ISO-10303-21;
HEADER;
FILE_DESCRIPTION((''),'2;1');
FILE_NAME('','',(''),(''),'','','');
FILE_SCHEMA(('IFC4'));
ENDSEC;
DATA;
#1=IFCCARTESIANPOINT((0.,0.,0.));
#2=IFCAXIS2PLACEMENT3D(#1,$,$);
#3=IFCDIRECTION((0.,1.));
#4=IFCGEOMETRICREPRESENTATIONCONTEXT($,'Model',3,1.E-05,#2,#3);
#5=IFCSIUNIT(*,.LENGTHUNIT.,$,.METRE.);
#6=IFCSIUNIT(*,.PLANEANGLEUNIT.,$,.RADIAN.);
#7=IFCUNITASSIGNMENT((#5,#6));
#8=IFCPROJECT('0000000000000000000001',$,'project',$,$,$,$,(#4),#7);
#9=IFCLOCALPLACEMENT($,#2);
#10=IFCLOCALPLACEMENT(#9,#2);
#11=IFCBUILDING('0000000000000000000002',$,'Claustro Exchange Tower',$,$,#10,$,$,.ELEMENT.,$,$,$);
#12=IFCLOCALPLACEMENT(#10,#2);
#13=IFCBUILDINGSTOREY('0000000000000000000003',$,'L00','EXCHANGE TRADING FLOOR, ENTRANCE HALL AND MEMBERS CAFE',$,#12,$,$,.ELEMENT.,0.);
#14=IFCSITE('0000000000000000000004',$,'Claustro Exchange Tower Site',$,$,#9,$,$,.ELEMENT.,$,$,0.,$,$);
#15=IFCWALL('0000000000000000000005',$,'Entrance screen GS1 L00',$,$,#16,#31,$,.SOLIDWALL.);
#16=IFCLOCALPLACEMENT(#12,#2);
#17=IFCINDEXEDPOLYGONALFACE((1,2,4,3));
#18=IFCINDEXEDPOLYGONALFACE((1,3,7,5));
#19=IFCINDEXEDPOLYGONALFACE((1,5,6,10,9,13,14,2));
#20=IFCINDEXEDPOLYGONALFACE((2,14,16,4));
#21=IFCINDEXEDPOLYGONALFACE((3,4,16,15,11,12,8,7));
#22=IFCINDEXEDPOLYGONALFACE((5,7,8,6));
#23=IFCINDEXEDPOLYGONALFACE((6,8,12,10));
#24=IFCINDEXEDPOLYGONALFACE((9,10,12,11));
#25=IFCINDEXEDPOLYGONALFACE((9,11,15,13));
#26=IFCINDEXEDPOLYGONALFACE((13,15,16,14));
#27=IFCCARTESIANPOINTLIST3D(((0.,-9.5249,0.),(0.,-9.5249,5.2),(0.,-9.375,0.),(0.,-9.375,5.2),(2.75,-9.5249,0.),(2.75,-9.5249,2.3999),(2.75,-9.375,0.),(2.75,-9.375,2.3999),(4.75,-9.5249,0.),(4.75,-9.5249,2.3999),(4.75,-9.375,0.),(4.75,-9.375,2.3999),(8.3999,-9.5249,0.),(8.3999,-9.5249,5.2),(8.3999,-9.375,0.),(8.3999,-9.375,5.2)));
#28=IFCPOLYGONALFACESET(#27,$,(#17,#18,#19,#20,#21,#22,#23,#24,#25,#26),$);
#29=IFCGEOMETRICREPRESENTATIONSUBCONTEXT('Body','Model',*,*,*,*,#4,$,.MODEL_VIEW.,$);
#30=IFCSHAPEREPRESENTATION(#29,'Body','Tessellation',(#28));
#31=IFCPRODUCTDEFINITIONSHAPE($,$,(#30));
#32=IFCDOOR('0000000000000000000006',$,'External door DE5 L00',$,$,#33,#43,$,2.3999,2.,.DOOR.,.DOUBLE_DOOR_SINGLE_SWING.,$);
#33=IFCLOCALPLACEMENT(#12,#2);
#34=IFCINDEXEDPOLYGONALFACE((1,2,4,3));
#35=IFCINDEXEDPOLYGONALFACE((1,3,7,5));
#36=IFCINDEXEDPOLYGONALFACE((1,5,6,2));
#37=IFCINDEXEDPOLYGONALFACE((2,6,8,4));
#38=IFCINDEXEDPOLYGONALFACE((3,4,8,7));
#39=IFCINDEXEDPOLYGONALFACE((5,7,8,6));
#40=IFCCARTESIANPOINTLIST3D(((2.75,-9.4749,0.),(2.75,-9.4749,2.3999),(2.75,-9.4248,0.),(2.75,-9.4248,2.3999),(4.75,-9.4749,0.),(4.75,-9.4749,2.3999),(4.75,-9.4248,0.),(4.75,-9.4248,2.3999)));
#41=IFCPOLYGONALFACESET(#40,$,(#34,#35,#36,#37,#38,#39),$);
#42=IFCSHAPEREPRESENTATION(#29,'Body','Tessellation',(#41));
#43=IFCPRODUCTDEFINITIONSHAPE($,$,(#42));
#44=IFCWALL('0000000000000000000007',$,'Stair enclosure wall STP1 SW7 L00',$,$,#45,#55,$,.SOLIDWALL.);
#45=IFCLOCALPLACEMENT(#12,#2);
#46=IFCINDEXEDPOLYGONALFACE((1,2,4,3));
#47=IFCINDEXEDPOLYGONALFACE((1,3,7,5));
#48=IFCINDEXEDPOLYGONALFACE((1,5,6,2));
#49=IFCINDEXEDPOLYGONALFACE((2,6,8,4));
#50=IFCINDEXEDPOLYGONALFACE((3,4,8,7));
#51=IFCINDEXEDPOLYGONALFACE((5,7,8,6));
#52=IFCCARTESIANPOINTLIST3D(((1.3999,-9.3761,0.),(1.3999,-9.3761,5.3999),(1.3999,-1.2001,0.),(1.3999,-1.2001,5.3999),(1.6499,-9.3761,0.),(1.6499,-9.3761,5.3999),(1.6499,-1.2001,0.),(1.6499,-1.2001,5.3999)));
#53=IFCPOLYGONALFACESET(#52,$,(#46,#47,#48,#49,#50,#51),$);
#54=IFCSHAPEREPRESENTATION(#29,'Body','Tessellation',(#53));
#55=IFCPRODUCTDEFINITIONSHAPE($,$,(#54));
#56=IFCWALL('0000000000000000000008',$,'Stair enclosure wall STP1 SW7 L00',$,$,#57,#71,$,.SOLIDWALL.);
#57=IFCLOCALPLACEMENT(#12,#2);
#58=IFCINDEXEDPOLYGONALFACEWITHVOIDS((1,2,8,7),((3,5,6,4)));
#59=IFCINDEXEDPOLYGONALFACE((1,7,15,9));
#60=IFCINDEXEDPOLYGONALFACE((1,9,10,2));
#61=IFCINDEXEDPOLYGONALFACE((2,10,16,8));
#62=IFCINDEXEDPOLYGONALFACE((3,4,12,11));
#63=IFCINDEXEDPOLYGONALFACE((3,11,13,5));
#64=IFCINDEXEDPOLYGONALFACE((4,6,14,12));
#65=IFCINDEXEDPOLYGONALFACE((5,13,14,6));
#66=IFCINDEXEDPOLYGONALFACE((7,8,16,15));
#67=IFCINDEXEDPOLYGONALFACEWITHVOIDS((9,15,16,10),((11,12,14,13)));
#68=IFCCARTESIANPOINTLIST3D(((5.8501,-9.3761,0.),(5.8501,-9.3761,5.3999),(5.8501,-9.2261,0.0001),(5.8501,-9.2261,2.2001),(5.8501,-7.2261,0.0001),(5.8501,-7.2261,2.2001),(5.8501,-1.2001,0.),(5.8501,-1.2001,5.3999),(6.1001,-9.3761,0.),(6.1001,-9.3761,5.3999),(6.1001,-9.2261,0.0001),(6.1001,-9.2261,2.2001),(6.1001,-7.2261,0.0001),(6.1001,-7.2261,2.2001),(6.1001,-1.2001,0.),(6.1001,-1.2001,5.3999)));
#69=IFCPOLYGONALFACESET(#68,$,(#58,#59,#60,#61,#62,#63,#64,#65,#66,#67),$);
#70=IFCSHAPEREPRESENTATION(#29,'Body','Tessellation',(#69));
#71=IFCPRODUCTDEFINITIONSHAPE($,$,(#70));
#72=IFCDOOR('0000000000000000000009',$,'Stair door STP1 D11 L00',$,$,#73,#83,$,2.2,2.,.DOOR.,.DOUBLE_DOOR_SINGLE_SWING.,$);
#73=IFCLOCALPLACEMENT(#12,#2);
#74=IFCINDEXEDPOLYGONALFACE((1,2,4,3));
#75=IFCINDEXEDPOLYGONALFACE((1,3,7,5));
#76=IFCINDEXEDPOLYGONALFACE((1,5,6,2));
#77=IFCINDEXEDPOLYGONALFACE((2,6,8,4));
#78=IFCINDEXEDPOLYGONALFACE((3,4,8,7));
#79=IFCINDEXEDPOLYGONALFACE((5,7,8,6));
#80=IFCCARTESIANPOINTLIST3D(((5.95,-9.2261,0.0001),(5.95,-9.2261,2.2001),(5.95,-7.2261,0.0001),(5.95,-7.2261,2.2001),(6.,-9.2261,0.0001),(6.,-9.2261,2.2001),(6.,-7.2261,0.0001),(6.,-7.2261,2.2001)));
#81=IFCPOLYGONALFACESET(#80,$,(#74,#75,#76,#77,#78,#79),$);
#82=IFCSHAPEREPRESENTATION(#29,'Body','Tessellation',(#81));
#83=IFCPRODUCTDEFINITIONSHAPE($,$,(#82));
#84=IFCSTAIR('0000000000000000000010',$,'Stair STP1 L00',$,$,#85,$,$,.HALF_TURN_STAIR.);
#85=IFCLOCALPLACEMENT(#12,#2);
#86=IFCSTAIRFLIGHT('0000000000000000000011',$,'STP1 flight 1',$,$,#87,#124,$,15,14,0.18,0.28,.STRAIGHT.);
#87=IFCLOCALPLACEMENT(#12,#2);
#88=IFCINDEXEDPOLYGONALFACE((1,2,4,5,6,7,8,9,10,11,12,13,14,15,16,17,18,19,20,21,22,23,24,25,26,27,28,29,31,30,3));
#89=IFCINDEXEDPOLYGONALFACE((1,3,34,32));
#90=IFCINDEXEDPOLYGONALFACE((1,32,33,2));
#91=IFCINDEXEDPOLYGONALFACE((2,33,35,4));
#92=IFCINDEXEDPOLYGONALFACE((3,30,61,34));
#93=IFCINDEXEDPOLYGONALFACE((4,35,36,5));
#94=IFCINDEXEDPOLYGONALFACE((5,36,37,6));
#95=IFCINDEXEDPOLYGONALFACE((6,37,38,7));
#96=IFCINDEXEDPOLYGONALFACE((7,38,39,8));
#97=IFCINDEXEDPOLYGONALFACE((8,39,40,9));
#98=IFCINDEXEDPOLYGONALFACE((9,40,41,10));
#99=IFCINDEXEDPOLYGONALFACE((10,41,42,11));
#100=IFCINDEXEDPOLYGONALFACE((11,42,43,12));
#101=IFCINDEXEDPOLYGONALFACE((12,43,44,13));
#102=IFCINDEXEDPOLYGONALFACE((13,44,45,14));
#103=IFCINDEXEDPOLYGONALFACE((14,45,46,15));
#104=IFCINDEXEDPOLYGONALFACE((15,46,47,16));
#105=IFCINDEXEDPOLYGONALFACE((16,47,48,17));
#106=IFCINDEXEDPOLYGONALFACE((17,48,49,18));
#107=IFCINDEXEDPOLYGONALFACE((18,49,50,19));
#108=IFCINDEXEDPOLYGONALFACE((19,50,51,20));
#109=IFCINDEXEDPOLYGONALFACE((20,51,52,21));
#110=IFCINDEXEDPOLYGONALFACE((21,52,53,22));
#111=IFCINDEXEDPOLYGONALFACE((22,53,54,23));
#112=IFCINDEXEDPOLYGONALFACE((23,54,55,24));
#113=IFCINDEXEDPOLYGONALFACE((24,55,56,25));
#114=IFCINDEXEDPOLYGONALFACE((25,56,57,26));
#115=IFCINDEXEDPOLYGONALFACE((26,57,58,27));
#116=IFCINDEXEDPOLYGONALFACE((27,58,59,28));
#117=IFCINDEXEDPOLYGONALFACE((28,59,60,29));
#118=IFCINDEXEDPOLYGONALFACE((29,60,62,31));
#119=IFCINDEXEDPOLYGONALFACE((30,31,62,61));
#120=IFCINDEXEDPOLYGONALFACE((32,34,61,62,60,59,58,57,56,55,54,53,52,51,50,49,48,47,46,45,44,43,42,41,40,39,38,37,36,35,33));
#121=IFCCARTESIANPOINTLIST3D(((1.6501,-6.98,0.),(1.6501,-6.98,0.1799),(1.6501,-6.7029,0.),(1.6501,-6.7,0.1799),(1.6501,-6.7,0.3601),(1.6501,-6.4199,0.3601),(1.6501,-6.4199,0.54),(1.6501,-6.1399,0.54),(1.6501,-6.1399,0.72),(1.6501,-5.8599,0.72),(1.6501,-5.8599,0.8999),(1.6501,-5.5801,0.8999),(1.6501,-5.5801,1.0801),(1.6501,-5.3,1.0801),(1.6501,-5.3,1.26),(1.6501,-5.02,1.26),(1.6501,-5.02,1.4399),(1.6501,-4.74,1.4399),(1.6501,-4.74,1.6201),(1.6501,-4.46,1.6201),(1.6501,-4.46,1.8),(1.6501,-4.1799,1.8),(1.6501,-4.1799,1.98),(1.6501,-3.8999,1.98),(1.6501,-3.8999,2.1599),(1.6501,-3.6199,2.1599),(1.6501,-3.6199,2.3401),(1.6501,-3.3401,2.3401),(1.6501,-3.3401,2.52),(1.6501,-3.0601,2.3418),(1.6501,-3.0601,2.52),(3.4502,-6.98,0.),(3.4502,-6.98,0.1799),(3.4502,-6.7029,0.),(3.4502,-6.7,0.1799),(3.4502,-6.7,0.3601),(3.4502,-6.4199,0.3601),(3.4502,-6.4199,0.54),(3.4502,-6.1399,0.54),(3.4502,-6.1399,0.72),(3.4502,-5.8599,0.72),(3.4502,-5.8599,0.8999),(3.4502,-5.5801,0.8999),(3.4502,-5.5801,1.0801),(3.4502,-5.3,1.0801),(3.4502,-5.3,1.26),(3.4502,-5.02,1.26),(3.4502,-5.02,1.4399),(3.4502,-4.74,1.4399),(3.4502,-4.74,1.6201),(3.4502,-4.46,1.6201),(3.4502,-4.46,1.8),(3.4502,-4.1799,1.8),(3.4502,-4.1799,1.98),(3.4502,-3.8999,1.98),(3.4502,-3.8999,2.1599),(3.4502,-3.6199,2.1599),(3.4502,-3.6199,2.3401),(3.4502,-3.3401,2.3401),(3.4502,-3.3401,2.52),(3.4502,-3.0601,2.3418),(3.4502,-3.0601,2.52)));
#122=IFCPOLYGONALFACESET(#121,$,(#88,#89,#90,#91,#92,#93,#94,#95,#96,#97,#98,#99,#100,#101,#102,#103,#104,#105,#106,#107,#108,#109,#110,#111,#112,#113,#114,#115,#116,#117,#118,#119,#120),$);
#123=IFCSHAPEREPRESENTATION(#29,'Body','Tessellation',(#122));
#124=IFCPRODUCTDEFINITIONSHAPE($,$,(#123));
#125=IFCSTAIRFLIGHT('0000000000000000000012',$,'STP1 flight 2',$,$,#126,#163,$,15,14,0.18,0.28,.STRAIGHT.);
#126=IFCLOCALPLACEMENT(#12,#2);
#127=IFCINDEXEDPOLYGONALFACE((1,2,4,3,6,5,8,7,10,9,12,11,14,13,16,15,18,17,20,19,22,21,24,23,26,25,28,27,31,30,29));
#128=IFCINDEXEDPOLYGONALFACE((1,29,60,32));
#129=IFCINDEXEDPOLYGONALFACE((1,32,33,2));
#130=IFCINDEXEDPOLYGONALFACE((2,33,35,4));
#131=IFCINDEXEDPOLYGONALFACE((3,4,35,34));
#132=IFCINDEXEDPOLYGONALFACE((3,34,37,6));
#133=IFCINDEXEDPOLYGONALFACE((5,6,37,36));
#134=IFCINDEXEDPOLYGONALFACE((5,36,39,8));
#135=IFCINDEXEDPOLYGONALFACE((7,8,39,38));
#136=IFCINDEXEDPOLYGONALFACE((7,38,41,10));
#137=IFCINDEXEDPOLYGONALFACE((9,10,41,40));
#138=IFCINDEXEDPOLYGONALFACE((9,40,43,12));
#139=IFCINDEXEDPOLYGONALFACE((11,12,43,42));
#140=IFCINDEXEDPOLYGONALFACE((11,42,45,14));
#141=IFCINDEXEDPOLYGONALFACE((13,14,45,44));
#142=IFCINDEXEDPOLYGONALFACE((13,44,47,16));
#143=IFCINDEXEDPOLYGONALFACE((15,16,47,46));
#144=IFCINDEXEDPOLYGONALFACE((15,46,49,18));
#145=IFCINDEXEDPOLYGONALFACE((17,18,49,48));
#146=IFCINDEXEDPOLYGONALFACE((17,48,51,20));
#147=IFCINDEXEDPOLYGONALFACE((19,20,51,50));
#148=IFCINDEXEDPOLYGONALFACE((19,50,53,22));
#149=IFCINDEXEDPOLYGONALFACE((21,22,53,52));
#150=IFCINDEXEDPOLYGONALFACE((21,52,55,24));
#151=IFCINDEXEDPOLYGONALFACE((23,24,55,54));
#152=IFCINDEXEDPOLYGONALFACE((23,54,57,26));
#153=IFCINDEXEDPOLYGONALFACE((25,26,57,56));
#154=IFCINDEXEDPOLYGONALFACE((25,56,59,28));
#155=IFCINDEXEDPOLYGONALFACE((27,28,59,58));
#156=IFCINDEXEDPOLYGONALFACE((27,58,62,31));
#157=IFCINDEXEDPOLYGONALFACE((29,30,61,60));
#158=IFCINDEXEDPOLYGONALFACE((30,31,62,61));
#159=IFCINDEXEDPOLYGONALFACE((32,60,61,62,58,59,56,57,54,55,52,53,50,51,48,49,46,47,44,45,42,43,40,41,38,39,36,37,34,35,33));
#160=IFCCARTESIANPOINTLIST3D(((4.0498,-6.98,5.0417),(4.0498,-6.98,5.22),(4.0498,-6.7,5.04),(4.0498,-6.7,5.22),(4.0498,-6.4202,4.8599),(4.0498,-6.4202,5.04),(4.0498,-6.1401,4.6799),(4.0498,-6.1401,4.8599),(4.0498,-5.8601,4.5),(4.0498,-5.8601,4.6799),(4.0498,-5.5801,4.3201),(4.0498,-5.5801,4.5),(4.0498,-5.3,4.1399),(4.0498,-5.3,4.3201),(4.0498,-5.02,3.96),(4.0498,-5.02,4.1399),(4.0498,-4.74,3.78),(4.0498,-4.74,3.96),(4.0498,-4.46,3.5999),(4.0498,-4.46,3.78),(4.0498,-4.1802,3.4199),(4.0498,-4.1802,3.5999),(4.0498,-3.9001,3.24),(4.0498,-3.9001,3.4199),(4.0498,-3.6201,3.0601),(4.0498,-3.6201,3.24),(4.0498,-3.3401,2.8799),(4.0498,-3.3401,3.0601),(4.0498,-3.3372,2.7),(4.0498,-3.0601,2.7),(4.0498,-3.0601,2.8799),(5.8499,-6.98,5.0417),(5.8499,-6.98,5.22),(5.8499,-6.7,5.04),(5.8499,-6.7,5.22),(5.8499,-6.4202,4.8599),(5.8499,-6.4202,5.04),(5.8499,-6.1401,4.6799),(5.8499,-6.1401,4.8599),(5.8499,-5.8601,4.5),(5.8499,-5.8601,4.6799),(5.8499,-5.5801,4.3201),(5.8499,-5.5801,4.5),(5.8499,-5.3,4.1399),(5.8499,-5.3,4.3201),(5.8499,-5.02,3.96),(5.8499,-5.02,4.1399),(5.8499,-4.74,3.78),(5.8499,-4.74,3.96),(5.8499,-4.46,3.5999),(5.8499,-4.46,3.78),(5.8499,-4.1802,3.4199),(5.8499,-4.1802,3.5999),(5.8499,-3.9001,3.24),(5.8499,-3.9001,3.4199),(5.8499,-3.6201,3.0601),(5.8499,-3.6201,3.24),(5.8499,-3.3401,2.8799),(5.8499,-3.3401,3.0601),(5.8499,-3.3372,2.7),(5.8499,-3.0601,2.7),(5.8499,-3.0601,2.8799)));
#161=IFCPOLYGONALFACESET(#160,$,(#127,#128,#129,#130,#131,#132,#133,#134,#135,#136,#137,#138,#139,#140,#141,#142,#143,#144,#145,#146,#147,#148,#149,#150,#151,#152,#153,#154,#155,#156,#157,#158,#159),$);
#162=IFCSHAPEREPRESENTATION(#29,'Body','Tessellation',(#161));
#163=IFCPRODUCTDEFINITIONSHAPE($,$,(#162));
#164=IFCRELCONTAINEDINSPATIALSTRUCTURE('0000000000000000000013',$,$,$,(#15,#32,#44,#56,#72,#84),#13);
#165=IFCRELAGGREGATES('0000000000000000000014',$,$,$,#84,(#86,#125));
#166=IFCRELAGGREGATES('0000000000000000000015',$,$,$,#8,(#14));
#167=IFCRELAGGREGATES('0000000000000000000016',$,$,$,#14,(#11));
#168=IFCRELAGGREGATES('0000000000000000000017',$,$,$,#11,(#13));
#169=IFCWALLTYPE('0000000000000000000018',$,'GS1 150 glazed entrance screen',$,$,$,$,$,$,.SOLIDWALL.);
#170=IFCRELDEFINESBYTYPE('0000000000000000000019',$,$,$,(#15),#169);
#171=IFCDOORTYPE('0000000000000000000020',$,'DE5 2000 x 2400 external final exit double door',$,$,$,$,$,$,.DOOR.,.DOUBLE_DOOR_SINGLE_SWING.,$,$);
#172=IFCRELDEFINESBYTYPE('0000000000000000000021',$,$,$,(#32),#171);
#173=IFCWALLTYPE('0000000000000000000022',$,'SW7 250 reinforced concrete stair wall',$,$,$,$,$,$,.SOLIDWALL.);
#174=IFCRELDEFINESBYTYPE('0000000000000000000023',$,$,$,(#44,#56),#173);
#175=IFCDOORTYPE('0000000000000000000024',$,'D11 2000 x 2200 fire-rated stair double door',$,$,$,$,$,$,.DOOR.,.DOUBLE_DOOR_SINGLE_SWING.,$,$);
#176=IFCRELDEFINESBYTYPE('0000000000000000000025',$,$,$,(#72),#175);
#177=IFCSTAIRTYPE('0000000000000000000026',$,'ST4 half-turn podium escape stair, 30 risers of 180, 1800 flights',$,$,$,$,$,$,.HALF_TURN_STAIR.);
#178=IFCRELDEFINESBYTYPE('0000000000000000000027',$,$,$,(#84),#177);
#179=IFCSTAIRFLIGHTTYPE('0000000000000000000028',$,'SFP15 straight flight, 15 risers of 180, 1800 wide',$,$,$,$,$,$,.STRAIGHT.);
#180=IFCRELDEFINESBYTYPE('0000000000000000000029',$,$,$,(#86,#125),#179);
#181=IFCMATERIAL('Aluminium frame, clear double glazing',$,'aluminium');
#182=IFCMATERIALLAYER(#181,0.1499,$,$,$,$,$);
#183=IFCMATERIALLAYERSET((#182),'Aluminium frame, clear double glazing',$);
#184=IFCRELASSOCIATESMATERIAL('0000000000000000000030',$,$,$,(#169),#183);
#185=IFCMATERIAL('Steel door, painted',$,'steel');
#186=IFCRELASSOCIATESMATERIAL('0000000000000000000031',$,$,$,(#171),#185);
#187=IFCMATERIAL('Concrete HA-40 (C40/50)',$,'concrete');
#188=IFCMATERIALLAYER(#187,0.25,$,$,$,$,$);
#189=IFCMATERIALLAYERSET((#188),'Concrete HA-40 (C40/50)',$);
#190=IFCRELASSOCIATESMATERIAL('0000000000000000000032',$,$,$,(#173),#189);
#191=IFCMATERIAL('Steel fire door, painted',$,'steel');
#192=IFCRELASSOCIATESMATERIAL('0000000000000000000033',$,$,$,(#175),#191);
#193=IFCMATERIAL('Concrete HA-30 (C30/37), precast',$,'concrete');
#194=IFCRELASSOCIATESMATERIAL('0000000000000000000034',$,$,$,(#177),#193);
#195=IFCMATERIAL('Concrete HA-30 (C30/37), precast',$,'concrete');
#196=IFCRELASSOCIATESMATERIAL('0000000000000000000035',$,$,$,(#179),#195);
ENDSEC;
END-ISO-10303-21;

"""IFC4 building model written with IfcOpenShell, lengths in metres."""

from ifc_helpers import new_model, si_unit, direction, frame, frame_2d, origin, place, context, subcontext, project, spatial, polyline, rectangle, outline, extrude, material, layer, layer_set, type_object, element, fill, aggregate, save


model = new_model("IFC4")

# Units and contexts
model_context = context("Model", 3, precision=1e-05, world=origin(), true_north=direction((0.0, 1.0)))
body_context = subcontext(model_context, "Body", "Model", "MODEL_VIEW")
ifc_project = project(units=[si_unit("LENGTHUNIT", "METRE"), si_unit("PLANEANGLEUNIT", "RADIAN")], contexts=[model_context])

# Site, building, storey
site_placement = place(None, origin())
site = spatial("IfcSite", under=ifc_project, at=site_placement, Name="Claustro Exchange Tower Site", CompositionType="ELEMENT", RefElevation=0.0)
building_placement = place(site_placement, origin())
building = spatial("IfcBuilding", under=site, at=building_placement, Name="Claustro Exchange Tower", CompositionType="ELEMENT")
storey_placement = place(building_placement, origin())
storey = spatial("IfcBuildingStorey", under=building, at=storey_placement, Name="L00", Description="EXCHANGE TRADING FLOOR, ENTRANCE HALL AND MEMBERS CAFE", CompositionType="ELEMENT", Elevation=0.0)

# Wall, opening, door
ifc_material_1 = material(Name="Aluminium frame, clear double glazing", Category="aluminium")
ifc_layer_1 = layer(ifc_material_1, 0.1499)
ifc_layer_set_1 = layer_set([ifc_layer_1], Name="Aluminium frame, clear double glazing")
wall_type_1 = type_object("IfcWallType", Name="GS1 150 glazed entrance screen", PredefinedType="SOLIDWALL", material=ifc_layer_set_1)
wall_1_placement = place(storey_placement, frame((0.0, -9.45, 0.0), z_axis=(0.0, 0.0, 1.0), x_axis=(1.0, 0.0, 0.0)))
wall_1 = element("IfcWall", 1, at=wall_1_placement, inside=storey, type_object=wall_type_1, Name="Entrance screen GS1 L00", PredefinedType="SOLIDWALL", context=body_context, shape_type="SweptSolid", body=[
    extrude(rectangle(XDim=8.3999, YDim=0.1499, at=frame_2d((4.2, 0.0))), origin(), (0.0, 0.0, 1.0), 5.2),
])
opening_1_placement = place(wall_1_placement, frame((2.75, 0.0, 0.0)))
opening_1 = element("IfcOpeningElement", 2, at=opening_1_placement, cuts=wall_1, PredefinedType="OPENING", context=body_context, shape_type="SweptSolid", body=[
    extrude(rectangle(XDim=2.0, YDim=2.3999, at=frame_2d((1.0, 1.2))), frame((0.0, 0.085, 0.0), z_axis=(0.0, -1.0, 0.0), x_axis=(1.0, 0.0, 0.0)), (0.0, 0.0, 1.0), 0.1699),
])
ifc_material_2 = material(Name="Steel door, painted", Category="steel")
door_type_1 = type_object("IfcDoorType", Name="DE5 2000 x 2400 external final exit double door", OperationType="DOUBLE_DOOR_SINGLE_SWING", PredefinedType="DOOR", material=ifc_material_2)
door_1_placement = place(opening_1_placement, frame((2.0, 0.0, 0.0), z_axis=(0.0, 0.0, 1.0), x_axis=(-1.0, 0.0, 0.0)))
door_1 = element("IfcDoor", 3, at=door_1_placement, inside=storey, type_object=door_type_1, Name="External door DE5 L00", OperationType="DOUBLE_DOOR_SINGLE_SWING", OverallHeight=2.3999, OverallWidth=2.0, PredefinedType="DOOR", context=body_context, shape_type="SweptSolid", body=[
    extrude(rectangle(XDim=2.0, YDim=2.3999, at=frame_2d((1.0, 1.2))), frame((0.0, 0.0249, 0.0), z_axis=(0.0, -1.0, 0.0), x_axis=(1.0, 0.0, 0.0)), (0.0, 0.0, 1.0), 0.05),
])
fill(opening_1, door_1)

# Wall
ifc_material_3 = material(Name="Concrete HA-40 (C40/50)", Category="concrete")
ifc_layer_2 = layer(ifc_material_3, 0.25)
ifc_layer_set_2 = layer_set([ifc_layer_2], Name="Concrete HA-40 (C40/50)")
wall_type_2 = type_object("IfcWallType", Name="SW7 250 reinforced concrete stair wall", PredefinedType="SOLIDWALL", material=ifc_layer_set_2)
wall_2_placement = place(storey_placement, frame((1.5249, -9.376, 0.0), z_axis=(0.0, 0.0, 1.0), x_axis=(0.0, 1.0, 0.0)))
element("IfcWall", 4, at=wall_2_placement, inside=storey, type_object=wall_type_2, Name="Stair enclosure wall STP1 SW7 L00", PredefinedType="SOLIDWALL", context=body_context, shape_type="SweptSolid", body=[
    extrude(rectangle(XDim=8.176, YDim=0.25, at=frame_2d((4.0879, 0.0))), origin(), (0.0, 0.0, 1.0), 5.3999),
])

# Wall, opening, door
wall_3_placement = place(storey_placement, frame((5.9751, -9.376, 0.0), z_axis=(0.0, 0.0, 1.0), x_axis=(0.0, 1.0, 0.0)))
wall_3 = element("IfcWall", 5, at=wall_3_placement, inside=storey, type_object=wall_type_2, Name="Stair enclosure wall STP1 SW7 L00", PredefinedType="SOLIDWALL", context=body_context, shape_type="SweptSolid", body=[
    extrude(rectangle(XDim=8.176, YDim=0.25, at=frame_2d((4.0879, 0.0))), origin(), (0.0, 0.0, 1.0), 5.3999),
])
opening_2_placement = place(wall_3_placement, frame((0.1499, 0.0, 0.0)))
opening_2 = element("IfcOpeningElement", 6, at=opening_2_placement, cuts=wall_3, PredefinedType="OPENING", context=body_context, shape_type="SweptSolid", body=[
    extrude(rectangle(XDim=2.0, YDim=2.2, at=frame_2d((1.0, 1.1001))), frame((0.0, 0.135, 0.0), z_axis=(0.0, -1.0, 0.0), x_axis=(1.0, 0.0, 0.0)), (0.0, 0.0, 1.0), 0.27),
])
ifc_material_4 = material(Name="Steel fire door, painted", Category="steel")
door_type_2 = type_object("IfcDoorType", Name="D11 2000 x 2200 fire-rated stair double door", OperationType="DOUBLE_DOOR_SINGLE_SWING", PredefinedType="DOOR", material=ifc_material_4)
door_2_placement = place(opening_2_placement, frame((2.0, 0.0, 0.0), z_axis=(0.0, 0.0, 1.0), x_axis=(-1.0, 0.0, 0.0)))
door_2 = element("IfcDoor", 7, at=door_2_placement, inside=storey, type_object=door_type_2, Name="Stair door STP1 D11 L00", OperationType="DOUBLE_DOOR_SINGLE_SWING", OverallHeight=2.2, OverallWidth=2.0, PredefinedType="DOOR", context=body_context, shape_type="SweptSolid", body=[
    extrude(rectangle(XDim=2.0, YDim=2.2, at=frame_2d((1.0, 1.1001))), frame((0.0, 0.0249, 0.0), z_axis=(0.0, -1.0, 0.0), x_axis=(1.0, 0.0, 0.0)), (0.0, 0.0, 1.0), 0.05),
])
fill(opening_2, door_2)

# Stair, stair flights
ifc_material_5 = material(Name="Concrete HA-30 (C30/37), precast", Category="concrete")
stair_type = type_object("IfcStairType", Name="ST4 half-turn podium escape stair, 30 risers of 180, 1800 flights", PredefinedType="HALF_TURN_STAIR", material=ifc_material_5)
stair_placement = place(storey_placement, origin())
stair = element("IfcStair", 8, at=stair_placement, inside=storey, type_object=stair_type, Name="Stair STP1 L00", PredefinedType="HALF_TURN_STAIR")
ifc_material_6 = material(Name="Concrete HA-30 (C30/37), precast", Category="concrete")
stair_flight_type = type_object("IfcStairFlightType", Name="SFP15 straight flight, 15 risers of 180, 1800 wide", PredefinedType="STRAIGHT", material=ifc_material_6)
stair_flight_1_placement = place(storey_placement, frame((2.55, -6.98, 0.0), z_axis=(0.0, 0.0, 1.0), x_axis=(0.0, 1.0, 0.0)))
stair_flight_1 = element("IfcStairFlight", 9, at=stair_flight_1_placement, type_object=stair_flight_type, Name="STP1 flight 1", NumberOfRisers=15, NumberOfTreads=14, PredefinedType="STRAIGHT", RiserHeight=0.18, TreadLength=0.28, context=body_context, shape_type="SweptSolid", body=[
    extrude(outline(polyline([(0.0, 0.0), (0.0, 0.1799), (0.28, 0.1799), (0.28, 0.3601), (0.5601, 0.3601), (0.5601, 0.54), (0.8401, 0.54), (0.8401, 0.72), (1.1201, 0.72), (1.1201, 0.8999), (1.3999, 0.8999), (1.3999, 1.0801), (1.6799, 1.0801), (1.6799, 1.26), (1.96, 1.26), (1.96, 1.4399), (2.24, 1.4399), (2.24, 1.6201), (2.52, 1.6201), (2.52, 1.8), (2.8, 1.8), (2.8, 1.98), (3.0801, 1.98), (3.0801, 2.1599), (3.3601, 2.1599), (3.3601, 2.3401), (3.6399, 2.3401), (3.6399, 2.52), (3.9199, 2.52), (3.9199, 2.7), (3.9199, 2.3418), (0.2771, 0.0), (0.0, 0.0)])), frame((0.0, 0.8999, 0.0), z_axis=(0.0, -1.0, 0.0), x_axis=(1.0, 0.0, 0.0)), (0.0, 0.0, 1.0), 1.8),
])
stair_flight_2_placement = place(storey_placement, frame((4.95, -3.0601, 2.7), z_axis=(0.0, 0.0, 1.0), x_axis=(0.0, -1.0, 0.0)))
stair_flight_2 = element("IfcStairFlight", 10, at=stair_flight_2_placement, type_object=stair_flight_type, Name="STP1 flight 2", NumberOfRisers=15, NumberOfTreads=14, PredefinedType="STRAIGHT", RiserHeight=0.18, TreadLength=0.28, context=body_context, shape_type="SweptSolid", body=[
    extrude(outline(polyline([(0.0, 0.0), (0.0, 0.1799), (0.28, 0.1799), (0.28, 0.3601), (0.5601, 0.3601), (0.5601, 0.54), (0.8401, 0.54), (0.8401, 0.72), (1.1201, 0.72), (1.1201, 0.8999), (1.3999, 0.8999), (1.3999, 1.0801), (1.6799, 1.0801), (1.6799, 1.26), (1.96, 1.26), (1.96, 1.4399), (2.24, 1.4399), (2.24, 1.6201), (2.52, 1.6201), (2.52, 1.8), (2.8, 1.8), (2.8, 1.98), (3.0801, 1.98), (3.0801, 2.1599), (3.3601, 2.1599), (3.3601, 2.3401), (3.6399, 2.3401), (3.6399, 2.52), (3.9199, 2.52), (3.9199, 2.7), (3.9199, 2.3418), (0.2771, 0.0), (0.0, 0.0)])), frame((0.0, 0.8999, 0.0), z_axis=(0.0, -1.0, 0.0), x_axis=(1.0, 0.0, 0.0)), (0.0, 0.0, 1.0), 1.8),
])
aggregate(stair, [stair_flight_1, stair_flight_2])

save(model, "model.ifc")
